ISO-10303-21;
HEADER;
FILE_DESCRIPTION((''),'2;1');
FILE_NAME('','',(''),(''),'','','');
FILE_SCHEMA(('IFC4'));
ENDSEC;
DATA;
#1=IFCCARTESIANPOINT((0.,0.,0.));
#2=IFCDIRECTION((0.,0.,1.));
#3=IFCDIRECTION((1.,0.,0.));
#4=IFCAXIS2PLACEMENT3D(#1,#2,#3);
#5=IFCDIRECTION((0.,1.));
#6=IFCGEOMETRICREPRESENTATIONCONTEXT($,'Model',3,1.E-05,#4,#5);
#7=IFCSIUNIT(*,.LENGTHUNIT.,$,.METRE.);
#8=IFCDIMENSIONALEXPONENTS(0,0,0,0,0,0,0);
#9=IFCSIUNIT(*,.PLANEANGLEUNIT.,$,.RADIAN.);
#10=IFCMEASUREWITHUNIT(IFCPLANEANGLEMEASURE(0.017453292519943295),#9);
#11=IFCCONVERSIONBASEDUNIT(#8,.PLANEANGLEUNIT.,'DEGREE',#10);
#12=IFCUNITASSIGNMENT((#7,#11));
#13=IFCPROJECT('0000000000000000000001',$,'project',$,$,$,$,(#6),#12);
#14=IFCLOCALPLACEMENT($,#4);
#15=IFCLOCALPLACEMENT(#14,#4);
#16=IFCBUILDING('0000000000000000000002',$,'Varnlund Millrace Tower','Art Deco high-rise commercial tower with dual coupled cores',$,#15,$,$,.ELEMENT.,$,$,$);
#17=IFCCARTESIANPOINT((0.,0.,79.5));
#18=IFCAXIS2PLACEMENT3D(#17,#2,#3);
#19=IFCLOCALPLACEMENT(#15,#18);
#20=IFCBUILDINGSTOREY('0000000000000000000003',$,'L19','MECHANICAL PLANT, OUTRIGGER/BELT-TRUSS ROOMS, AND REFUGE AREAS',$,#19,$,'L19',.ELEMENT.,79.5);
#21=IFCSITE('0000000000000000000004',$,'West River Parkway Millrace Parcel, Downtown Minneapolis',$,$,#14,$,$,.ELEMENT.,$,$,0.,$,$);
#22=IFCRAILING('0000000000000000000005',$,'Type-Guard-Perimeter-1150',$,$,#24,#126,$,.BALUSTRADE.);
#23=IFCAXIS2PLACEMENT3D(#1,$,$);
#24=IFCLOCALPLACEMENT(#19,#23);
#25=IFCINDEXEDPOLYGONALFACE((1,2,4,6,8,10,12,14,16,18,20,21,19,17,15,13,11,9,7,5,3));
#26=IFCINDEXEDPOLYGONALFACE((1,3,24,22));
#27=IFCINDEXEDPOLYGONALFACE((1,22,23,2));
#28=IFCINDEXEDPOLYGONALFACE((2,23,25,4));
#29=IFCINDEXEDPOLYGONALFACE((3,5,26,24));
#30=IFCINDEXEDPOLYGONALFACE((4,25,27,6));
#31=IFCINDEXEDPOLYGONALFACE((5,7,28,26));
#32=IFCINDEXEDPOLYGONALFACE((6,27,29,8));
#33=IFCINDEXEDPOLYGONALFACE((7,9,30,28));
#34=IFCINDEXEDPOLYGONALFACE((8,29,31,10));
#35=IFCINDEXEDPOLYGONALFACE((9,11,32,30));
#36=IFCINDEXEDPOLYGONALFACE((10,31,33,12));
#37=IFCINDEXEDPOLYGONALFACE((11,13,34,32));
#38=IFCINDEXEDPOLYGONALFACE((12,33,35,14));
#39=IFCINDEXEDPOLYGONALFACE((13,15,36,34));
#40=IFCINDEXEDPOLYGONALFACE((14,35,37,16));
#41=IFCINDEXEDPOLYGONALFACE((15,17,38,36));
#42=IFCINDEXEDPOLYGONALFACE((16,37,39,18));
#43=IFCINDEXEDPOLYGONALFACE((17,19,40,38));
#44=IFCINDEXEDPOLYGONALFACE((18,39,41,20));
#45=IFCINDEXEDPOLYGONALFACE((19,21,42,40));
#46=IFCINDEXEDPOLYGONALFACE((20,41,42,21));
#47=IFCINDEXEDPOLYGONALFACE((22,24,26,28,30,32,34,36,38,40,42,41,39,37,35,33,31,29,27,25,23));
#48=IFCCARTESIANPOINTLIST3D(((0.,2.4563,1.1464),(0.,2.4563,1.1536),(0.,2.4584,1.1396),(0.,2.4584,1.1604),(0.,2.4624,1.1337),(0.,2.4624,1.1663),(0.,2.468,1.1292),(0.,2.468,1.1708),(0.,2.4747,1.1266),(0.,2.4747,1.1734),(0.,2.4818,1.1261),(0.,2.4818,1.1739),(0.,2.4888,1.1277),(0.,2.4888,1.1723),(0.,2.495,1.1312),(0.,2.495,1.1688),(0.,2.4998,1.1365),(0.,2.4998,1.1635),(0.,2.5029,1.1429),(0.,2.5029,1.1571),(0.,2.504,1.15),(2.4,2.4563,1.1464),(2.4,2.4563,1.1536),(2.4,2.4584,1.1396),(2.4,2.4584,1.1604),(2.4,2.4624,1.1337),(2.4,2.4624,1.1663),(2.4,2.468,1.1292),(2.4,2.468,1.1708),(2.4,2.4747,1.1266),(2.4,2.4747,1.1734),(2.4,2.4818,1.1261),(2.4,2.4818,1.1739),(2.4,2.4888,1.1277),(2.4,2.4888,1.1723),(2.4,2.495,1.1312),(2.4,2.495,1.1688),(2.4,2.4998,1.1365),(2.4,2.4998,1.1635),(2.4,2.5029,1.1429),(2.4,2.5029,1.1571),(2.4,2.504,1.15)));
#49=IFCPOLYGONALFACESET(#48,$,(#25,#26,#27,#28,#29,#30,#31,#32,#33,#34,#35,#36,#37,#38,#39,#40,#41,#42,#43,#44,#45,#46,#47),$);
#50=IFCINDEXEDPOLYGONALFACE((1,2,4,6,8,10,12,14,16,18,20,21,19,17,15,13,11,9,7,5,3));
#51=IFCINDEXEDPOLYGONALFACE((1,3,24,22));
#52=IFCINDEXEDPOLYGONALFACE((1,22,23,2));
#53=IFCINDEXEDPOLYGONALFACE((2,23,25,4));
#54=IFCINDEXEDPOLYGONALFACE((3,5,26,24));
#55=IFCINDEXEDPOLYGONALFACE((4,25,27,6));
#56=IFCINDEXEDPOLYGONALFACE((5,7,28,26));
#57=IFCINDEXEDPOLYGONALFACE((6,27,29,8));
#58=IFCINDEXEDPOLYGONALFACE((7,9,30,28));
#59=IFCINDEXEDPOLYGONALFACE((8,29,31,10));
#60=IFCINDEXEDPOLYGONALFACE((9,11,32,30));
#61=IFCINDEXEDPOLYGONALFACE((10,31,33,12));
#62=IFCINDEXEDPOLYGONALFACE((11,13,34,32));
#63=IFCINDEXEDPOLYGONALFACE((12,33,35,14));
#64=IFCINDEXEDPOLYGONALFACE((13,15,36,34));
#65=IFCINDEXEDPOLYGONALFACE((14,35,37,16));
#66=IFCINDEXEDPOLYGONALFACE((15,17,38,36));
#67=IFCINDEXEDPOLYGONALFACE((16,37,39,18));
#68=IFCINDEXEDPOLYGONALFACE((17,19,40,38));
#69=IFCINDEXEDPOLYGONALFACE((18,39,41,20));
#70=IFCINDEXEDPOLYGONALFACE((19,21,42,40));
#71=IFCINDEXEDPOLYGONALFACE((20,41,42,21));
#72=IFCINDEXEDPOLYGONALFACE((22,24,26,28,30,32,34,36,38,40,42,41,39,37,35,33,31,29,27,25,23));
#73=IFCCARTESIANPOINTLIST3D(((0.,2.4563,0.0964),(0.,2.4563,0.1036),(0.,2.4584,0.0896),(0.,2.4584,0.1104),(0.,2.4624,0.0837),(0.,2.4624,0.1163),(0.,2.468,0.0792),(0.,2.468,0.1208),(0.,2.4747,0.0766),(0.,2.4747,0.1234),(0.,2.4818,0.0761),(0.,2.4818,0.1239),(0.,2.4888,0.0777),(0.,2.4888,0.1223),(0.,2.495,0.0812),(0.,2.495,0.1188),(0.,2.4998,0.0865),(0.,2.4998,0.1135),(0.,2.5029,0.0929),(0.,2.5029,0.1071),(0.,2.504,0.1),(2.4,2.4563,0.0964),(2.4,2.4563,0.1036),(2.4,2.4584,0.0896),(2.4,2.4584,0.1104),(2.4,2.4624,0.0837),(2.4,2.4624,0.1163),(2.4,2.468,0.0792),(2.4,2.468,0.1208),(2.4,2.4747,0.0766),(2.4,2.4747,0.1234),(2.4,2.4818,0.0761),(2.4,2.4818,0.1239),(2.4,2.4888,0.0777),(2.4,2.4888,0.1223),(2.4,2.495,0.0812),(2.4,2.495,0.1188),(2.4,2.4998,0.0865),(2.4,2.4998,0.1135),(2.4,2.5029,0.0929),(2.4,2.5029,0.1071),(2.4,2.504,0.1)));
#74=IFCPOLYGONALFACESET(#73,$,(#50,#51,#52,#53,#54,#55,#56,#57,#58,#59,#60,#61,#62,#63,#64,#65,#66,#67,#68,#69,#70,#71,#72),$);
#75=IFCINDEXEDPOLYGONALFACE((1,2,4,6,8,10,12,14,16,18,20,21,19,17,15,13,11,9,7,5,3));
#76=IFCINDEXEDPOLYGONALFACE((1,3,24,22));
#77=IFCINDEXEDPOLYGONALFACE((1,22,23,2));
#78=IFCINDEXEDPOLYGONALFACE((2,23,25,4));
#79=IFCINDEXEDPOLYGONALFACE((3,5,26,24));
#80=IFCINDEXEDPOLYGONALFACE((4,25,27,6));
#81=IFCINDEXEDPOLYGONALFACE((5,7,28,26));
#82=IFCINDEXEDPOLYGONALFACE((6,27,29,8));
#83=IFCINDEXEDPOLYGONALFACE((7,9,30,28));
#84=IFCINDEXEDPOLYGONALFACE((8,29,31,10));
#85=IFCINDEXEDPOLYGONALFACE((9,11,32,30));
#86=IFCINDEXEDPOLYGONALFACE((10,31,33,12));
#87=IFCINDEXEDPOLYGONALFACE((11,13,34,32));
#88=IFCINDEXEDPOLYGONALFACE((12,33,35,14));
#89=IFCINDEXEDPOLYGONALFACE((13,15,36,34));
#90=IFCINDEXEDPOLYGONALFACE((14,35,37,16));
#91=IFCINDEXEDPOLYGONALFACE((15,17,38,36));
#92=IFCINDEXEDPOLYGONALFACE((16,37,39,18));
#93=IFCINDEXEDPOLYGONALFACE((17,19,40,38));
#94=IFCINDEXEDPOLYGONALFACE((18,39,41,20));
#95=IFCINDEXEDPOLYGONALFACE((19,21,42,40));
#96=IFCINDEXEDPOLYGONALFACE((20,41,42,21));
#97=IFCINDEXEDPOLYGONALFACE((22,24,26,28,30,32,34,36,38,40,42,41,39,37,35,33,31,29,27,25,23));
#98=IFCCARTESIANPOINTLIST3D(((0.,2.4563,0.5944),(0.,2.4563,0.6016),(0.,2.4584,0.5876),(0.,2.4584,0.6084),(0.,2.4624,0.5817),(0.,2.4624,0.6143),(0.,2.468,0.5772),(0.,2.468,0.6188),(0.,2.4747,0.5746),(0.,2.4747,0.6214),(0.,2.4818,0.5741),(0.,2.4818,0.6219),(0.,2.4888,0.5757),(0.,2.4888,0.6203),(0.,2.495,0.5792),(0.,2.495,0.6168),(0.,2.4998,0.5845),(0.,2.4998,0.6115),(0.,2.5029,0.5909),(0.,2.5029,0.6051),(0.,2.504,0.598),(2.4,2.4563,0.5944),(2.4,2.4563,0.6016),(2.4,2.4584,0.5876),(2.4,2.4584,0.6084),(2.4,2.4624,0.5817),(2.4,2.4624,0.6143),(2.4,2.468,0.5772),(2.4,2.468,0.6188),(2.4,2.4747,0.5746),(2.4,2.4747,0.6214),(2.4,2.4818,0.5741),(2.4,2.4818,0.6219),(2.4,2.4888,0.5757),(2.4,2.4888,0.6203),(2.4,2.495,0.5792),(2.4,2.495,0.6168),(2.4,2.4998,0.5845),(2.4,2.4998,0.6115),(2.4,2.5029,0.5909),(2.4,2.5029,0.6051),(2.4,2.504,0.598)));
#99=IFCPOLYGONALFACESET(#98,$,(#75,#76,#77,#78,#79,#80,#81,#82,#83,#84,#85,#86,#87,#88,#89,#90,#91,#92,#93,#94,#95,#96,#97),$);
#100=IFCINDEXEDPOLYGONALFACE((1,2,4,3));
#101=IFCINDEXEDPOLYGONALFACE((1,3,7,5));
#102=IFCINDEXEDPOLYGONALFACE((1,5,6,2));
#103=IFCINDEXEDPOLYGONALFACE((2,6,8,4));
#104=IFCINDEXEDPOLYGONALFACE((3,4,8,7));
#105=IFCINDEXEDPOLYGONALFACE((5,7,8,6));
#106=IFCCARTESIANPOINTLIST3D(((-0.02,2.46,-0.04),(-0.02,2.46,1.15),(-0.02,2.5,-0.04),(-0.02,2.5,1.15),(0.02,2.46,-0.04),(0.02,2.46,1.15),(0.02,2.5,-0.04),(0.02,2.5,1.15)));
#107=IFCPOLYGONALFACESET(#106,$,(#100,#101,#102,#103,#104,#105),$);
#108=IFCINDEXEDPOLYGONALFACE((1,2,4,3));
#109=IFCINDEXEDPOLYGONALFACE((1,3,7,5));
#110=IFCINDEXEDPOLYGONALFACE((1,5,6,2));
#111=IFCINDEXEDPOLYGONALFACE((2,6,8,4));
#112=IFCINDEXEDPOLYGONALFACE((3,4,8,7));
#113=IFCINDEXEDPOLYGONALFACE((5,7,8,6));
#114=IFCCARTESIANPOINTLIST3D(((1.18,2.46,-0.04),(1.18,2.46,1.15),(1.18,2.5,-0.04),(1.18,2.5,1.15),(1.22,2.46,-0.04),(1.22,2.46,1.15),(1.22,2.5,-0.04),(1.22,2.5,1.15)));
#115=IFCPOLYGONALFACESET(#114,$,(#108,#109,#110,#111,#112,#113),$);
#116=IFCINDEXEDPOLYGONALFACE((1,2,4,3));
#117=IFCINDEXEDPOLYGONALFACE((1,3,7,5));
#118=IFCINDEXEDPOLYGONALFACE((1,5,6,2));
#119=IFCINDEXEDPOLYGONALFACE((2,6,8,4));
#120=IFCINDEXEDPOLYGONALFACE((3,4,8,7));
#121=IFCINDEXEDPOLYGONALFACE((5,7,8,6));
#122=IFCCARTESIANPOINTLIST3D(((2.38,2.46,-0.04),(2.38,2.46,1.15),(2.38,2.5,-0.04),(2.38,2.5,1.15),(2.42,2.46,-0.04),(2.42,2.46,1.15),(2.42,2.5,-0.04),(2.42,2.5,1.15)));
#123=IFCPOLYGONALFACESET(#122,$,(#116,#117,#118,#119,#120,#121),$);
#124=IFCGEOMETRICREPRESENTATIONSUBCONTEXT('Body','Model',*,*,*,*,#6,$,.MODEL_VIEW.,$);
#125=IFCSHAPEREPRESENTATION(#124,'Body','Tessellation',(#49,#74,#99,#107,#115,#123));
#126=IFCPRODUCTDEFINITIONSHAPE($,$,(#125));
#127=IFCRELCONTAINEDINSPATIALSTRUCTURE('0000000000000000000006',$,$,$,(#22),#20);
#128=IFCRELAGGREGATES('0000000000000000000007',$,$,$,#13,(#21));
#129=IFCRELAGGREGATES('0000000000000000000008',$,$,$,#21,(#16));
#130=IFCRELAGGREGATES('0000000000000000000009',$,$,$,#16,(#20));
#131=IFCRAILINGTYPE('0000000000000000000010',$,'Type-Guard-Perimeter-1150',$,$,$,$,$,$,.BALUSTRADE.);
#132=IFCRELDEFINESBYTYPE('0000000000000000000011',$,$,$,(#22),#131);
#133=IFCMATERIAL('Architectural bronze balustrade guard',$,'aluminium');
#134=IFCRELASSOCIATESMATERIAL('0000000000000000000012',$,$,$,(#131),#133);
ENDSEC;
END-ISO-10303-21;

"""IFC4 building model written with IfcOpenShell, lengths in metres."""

from ifc_helpers import new_model, entity, si_unit, converted_unit, direction, frame, origin_with_axes, origin_2d_with_axis, place, context, subcontext, project, spatial, rectangle, circle, extrude, material, type_object, element, save


model = new_model("IFC4")

# Units and contexts
model_context = context("Model", 3, precision=1e-05, world=origin_with_axes(), true_north=direction((0.0, 1.0)))
body_context = subcontext(model_context, "Body", "Model", "MODEL_VIEW")
ifc_project = project(units=[si_unit("LENGTHUNIT", "METRE"), converted_unit("PLANEANGLEUNIT", "DEGREE", entity("IfcPlaneAngleMeasure", 0.017453292519943295), si_unit("PLANEANGLEUNIT", "RADIAN"), dimensions=[0, 0, 0, 0, 0, 0, 0])], contexts=[model_context])

# Site, building, storey
site_placement = place(None, origin_with_axes())
site = spatial("IfcSite", under=ifc_project, at=site_placement, Name="West River Parkway Millrace Parcel, Downtown Minneapolis", CompositionType="ELEMENT", RefElevation=0.0)
building_placement = place(site_placement, origin_with_axes())
building = spatial("IfcBuilding", under=site, at=building_placement, Name="Varnlund Millrace Tower", Description="Art Deco high-rise commercial tower with dual coupled cores", CompositionType="ELEMENT")
storey_placement = place(building_placement, frame((0.0, 0.0, 79.5), z_axis=(0.0, 0.0, 1.0), x_axis=(1.0, 0.0, 0.0)))
storey = spatial("IfcBuildingStorey", under=building, at=storey_placement, Name="L19", Description="MECHANICAL PLANT, OUTRIGGER/BELT-TRUSS ROOMS, AND REFUGE AREAS", LongName="L19", CompositionType="ELEMENT", Elevation=79.5)

# Railing
ifc_material_1 = material(Name="Architectural bronze balustrade guard", Category="aluminium")
railing_type_1 = type_object("IfcRailingType", Name="Type-Guard-Perimeter-1150", PredefinedType="BALUSTRADE", material=ifc_material_1)
railing_1_placement = place(storey_placement, frame((0.0, 0.0, -79.5), z_axis=(0.0, 0.0, 1.0), x_axis=(1.0, 0.0, 0.0)))
element("IfcRailing", 1, at=railing_1_placement, inside=storey, type_object=railing_type_1, Name="Type-Guard-Perimeter-1150", PredefinedType="BALUSTRADE", context=body_context, shape_type="SweptSolid", body=[
    extrude(circle(Radius=0.024, at=origin_2d_with_axis()), frame((0.0, 2.48, 80.65), z_axis=(1.0, 0.0, 0.0), x_axis=(0.0, 1.0, 0.0)), (0.0, 0.0, 1.0), 2.4),
    extrude(circle(Radius=0.024, at=origin_2d_with_axis()), frame((0.0, 2.48, 79.6), z_axis=(1.0, 0.0, 0.0), x_axis=(0.0, 1.0, 0.0)), (0.0, 0.0, 1.0), 2.4),
    extrude(circle(Radius=0.024, at=origin_2d_with_axis()), frame((0.0, 2.48, 80.098), z_axis=(1.0, 0.0, 0.0), x_axis=(0.0, 1.0, 0.0)), (0.0, 0.0, 1.0), 2.4),
    extrude(rectangle(XDim=0.04, YDim=0.04, at=origin_2d_with_axis()), frame((0.0, 2.48, 79.46), z_axis=(0.0, 0.0, 1.0), x_axis=(1.0, 0.0, 0.0)), (0.0, 0.0, 1.0), 1.19),
    extrude(rectangle(XDim=0.04, YDim=0.04, at=origin_2d_with_axis()), frame((1.2, 2.48, 79.46), z_axis=(0.0, 0.0, 1.0), x_axis=(1.0, 0.0, 0.0)), (0.0, 0.0, 1.0), 1.19),
    extrude(rectangle(XDim=0.04, YDim=0.04, at=origin_2d_with_axis()), frame((2.4, 2.48, 79.46), z_axis=(0.0, 0.0, 1.0), x_axis=(1.0, 0.0, 0.0)), (0.0, 0.0, 1.0), 1.19),
])

save(model, "model.ifc")
